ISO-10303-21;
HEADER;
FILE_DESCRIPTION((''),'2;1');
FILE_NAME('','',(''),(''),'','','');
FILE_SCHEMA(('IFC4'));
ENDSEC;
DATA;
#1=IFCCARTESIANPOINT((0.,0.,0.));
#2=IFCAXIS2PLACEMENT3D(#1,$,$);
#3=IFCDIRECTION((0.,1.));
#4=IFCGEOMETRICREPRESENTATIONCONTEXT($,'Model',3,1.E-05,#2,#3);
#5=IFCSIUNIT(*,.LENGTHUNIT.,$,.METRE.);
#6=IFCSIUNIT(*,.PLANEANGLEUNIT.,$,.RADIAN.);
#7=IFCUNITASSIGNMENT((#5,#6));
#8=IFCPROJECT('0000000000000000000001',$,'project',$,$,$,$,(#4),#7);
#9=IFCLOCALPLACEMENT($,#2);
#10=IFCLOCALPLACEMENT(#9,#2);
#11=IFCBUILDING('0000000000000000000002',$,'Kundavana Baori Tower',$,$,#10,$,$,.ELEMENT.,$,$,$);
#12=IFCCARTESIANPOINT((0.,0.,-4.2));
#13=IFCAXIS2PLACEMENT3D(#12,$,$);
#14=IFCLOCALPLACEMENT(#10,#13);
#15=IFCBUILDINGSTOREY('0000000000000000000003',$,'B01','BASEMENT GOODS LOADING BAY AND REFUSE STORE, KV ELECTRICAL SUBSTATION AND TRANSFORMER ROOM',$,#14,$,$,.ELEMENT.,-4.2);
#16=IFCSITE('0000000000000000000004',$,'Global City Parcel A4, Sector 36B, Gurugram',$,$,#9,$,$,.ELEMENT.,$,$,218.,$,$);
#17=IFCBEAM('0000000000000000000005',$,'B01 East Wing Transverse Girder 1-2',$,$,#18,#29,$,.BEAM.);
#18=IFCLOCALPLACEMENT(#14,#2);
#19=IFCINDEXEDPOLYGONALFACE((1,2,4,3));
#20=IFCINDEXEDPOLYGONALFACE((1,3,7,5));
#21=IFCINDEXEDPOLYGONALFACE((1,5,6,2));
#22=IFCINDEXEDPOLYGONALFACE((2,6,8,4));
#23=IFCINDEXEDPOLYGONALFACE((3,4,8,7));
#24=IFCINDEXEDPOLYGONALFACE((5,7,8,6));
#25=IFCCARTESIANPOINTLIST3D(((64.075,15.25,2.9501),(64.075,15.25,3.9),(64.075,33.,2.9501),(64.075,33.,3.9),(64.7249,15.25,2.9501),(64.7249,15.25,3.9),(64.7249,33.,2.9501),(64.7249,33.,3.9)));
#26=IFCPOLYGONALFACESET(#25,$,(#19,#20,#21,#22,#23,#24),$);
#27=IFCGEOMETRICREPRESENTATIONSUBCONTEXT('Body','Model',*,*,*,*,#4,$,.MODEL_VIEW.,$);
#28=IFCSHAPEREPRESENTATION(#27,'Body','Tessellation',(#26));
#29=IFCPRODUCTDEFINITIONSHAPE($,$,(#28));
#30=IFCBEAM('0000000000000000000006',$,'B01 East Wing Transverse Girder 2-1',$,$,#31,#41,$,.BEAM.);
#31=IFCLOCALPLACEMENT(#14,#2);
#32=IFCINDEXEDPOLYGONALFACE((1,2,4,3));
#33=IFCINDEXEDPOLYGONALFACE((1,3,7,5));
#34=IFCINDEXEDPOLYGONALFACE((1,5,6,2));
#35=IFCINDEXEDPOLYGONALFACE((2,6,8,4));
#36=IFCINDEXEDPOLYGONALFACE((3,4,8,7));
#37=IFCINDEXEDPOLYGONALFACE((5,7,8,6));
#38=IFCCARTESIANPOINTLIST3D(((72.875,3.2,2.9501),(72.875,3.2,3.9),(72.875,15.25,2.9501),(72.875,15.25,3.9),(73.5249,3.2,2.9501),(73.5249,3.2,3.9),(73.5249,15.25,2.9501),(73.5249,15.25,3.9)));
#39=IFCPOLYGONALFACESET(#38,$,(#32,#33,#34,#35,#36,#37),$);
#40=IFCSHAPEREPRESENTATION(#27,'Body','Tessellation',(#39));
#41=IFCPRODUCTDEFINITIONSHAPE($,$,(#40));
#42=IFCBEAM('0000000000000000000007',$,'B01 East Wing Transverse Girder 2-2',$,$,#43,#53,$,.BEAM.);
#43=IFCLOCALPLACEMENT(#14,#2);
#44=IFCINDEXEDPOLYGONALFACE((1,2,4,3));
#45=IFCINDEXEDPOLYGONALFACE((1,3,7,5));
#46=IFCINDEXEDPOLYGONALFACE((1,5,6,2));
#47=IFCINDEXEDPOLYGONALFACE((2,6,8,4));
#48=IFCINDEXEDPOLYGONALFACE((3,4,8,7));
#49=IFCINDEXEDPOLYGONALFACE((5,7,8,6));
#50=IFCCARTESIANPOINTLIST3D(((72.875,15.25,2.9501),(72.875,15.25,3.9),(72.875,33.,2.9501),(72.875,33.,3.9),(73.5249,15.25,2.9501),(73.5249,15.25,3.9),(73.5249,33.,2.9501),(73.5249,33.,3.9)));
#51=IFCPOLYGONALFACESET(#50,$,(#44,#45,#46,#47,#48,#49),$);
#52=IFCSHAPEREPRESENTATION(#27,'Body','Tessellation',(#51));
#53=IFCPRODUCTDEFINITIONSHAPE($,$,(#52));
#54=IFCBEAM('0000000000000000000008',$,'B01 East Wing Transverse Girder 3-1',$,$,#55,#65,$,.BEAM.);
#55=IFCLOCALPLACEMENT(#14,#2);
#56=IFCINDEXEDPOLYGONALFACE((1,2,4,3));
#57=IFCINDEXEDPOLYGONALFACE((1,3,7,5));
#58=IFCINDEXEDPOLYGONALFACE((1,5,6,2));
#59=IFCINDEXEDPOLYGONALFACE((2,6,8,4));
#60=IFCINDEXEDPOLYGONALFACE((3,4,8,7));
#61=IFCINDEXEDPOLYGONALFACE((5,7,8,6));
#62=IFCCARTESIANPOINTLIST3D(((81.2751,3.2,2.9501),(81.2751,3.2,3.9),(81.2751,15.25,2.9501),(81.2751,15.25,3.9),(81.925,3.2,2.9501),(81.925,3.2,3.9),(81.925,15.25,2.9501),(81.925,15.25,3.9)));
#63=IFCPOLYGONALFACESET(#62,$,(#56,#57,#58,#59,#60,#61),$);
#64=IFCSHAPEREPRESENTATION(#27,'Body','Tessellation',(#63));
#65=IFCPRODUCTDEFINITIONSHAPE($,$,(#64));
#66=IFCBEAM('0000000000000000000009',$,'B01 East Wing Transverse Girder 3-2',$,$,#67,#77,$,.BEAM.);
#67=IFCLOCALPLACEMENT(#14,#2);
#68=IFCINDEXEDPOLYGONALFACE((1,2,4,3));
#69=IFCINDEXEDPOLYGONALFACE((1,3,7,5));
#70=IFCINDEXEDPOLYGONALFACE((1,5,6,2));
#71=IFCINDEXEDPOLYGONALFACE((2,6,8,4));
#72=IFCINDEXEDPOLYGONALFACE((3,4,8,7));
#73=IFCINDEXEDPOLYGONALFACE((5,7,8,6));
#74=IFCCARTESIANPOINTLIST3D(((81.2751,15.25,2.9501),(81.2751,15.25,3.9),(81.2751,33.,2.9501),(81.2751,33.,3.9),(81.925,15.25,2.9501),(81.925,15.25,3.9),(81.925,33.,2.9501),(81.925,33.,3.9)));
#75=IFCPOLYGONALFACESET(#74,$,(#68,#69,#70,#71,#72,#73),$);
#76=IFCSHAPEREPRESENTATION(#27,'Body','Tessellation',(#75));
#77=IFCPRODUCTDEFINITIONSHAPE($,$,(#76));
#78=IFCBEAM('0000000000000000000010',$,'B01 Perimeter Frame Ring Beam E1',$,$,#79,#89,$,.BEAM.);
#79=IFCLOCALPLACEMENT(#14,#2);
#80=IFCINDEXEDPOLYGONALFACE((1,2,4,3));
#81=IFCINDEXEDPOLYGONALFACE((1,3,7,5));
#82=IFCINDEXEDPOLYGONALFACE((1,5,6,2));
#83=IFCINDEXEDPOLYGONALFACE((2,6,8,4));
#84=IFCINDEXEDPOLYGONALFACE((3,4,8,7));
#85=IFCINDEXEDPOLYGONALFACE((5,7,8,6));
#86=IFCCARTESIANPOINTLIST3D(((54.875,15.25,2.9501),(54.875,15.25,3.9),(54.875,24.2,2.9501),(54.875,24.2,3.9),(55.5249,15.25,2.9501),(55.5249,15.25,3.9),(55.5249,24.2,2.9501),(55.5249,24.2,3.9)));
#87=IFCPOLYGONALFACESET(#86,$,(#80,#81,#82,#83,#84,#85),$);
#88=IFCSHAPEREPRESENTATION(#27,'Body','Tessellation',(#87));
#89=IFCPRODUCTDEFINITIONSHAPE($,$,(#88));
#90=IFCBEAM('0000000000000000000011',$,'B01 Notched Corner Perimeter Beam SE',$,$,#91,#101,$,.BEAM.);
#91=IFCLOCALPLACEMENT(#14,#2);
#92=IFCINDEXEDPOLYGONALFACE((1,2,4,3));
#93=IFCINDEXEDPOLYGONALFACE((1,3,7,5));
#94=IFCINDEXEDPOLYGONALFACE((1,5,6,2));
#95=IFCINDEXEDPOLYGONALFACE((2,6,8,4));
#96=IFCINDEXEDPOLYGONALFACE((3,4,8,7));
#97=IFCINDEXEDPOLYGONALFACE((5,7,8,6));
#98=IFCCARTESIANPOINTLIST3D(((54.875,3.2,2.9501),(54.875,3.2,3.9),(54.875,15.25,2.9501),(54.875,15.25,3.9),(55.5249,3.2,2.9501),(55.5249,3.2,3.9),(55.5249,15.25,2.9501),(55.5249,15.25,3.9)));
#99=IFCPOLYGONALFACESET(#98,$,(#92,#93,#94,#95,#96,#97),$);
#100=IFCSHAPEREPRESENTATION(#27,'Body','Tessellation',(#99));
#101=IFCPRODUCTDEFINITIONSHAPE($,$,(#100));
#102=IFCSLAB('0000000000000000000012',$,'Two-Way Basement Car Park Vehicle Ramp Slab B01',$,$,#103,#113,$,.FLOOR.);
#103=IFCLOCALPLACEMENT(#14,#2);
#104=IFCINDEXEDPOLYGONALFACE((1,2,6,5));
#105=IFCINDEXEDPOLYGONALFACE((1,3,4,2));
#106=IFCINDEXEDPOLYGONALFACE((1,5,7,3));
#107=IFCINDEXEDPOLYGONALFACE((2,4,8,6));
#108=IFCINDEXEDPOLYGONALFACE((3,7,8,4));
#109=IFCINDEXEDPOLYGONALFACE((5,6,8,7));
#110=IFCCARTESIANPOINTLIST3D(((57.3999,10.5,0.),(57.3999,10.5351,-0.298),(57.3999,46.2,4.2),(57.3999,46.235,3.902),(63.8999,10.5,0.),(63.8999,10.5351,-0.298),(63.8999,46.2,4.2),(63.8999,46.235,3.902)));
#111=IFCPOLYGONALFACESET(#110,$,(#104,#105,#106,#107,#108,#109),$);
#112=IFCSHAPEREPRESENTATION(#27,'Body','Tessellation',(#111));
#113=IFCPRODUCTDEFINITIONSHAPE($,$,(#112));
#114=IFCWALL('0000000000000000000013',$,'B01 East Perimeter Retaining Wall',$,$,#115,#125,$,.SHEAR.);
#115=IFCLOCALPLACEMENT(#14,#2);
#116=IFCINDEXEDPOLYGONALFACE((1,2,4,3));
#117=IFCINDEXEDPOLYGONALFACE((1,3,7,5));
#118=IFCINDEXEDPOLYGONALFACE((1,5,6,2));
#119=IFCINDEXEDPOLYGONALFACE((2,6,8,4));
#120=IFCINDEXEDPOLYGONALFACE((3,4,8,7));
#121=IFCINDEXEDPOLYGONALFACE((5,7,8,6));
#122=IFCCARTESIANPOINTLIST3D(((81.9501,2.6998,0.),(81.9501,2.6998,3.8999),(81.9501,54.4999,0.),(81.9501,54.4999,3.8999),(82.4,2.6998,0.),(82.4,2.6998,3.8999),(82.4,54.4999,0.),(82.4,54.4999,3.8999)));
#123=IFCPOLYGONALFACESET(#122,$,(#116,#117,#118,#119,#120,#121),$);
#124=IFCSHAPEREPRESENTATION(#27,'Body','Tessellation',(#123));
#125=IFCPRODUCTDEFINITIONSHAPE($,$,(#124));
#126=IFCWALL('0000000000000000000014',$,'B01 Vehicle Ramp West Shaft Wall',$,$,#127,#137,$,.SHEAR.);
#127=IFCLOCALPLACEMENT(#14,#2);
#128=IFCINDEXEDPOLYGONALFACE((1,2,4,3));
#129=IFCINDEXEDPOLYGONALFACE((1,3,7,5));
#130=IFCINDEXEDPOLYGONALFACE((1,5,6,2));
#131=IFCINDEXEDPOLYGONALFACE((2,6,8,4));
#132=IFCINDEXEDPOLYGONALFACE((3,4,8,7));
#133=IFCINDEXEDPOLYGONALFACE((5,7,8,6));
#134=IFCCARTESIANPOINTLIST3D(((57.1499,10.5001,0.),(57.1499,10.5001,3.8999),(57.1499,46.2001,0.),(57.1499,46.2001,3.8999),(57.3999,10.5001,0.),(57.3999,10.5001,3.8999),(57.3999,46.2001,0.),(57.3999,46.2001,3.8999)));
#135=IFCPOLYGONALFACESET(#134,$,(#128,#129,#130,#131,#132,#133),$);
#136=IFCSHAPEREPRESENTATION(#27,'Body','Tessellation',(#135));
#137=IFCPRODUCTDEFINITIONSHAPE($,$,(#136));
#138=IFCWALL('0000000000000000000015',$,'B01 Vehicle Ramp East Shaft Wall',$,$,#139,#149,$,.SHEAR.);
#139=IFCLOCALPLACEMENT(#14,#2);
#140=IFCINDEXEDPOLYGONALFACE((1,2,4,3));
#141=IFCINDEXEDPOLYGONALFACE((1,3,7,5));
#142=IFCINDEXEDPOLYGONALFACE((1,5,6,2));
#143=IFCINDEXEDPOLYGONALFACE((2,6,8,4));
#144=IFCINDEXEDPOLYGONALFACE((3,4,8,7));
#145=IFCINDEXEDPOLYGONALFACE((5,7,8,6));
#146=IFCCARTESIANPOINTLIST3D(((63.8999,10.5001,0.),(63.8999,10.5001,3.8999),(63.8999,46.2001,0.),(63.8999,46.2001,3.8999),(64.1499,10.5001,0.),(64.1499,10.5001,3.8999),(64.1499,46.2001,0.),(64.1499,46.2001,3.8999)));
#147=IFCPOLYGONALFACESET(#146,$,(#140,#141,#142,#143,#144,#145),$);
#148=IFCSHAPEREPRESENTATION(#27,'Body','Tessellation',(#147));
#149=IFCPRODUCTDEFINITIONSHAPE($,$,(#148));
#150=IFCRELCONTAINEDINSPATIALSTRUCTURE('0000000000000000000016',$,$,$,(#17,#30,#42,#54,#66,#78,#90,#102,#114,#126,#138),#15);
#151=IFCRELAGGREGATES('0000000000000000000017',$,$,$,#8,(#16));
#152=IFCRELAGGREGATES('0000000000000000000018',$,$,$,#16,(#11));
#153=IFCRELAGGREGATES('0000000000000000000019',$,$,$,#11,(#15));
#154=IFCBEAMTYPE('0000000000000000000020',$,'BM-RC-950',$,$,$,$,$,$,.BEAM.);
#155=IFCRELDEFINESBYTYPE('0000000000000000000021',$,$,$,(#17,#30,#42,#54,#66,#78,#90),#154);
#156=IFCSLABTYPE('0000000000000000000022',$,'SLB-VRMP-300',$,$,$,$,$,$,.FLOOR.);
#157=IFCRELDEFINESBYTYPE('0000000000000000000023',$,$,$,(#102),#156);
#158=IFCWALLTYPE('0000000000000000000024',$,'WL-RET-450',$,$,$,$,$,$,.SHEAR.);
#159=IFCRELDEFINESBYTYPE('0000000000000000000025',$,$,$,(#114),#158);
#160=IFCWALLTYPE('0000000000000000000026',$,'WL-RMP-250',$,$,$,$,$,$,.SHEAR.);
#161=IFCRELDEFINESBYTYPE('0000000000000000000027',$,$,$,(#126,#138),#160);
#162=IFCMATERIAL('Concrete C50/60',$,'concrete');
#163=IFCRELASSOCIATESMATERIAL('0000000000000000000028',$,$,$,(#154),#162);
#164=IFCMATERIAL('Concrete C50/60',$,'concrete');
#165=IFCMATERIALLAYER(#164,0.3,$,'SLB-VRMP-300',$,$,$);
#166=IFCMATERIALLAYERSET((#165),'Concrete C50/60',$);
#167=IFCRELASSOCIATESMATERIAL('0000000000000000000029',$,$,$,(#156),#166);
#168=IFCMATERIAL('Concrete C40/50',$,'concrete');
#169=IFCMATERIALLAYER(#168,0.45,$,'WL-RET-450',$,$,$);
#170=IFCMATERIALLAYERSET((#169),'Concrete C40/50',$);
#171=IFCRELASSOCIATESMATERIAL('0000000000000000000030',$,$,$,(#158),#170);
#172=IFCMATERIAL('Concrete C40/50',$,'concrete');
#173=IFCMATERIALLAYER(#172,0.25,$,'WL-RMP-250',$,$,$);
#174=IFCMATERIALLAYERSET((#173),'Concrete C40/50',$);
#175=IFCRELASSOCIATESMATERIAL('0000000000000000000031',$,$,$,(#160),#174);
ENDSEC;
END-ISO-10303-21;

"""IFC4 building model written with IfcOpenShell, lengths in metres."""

from ifc_helpers import new_model, si_unit, direction, frame, frame_2d, origin, origin_2d, place, context, subcontext, project, spatial, polyline, rectangle, outline, extrude, material, layer, layer_set, material_profile, profile_set, type_object, element, save


model = new_model("IFC4")

# Units and contexts
model_context = context("Model", 3, precision=1e-05, world=origin(), true_north=direction((0.0, 1.0)))
body_context = subcontext(model_context, "Body", "Model", "MODEL_VIEW")
ifc_project = project(units=[si_unit("LENGTHUNIT", "METRE"), si_unit("PLANEANGLEUNIT", "RADIAN")], contexts=[model_context])

# Site, building, storey
site_placement = place(None, origin())
site = spatial("IfcSite", under=ifc_project, at=site_placement, Name="Global City Parcel A4, Sector 36B, Gurugram", CompositionType="ELEMENT", RefElevation=218.0)
building_placement = place(site_placement, origin())
building = spatial("IfcBuilding", under=site, at=building_placement, Name="Kundavana Baori Tower", CompositionType="ELEMENT")
storey_placement = place(building_placement, frame((0.0, 0.0, -4.2)))
storey = spatial("IfcBuildingStorey", under=building, at=storey_placement, Name="B01", Description="BASEMENT GOODS LOADING BAY AND REFUSE STORE, KV ELECTRICAL SUBSTATION AND TRANSFORMER ROOM", CompositionType="ELEMENT", Elevation=-4.2)

# Beams
ifc_material_1 = material(Name="Concrete C50/60", Category="concrete")
ifc_material_profile_1 = material_profile(ifc_material_1, rectangle(XDim=0.6499, YDim=0.95, at=origin_2d()), Name="RC BM 650x950")
ifc_profile_set_1 = profile_set([ifc_material_profile_1], Name="Concrete C50/60")
beam_type = type_object("IfcBeamType", Name="BM-RC-950", PredefinedType="BEAM", material=ifc_profile_set_1)
beam_1_placement = place(storey_placement, frame((64.3999, 15.25, 3.425), z_axis=(0.0, 1.0, 0.0), x_axis=(-1.0, 0.0, 0.0)))
element("IfcBeam", 1, at=beam_1_placement, inside=storey, type_object=beam_type, Name="B01 East Wing Transverse Girder 1-2", PredefinedType="BEAM", context=body_context, shape_type="SweptSolid", body=[
    extrude(rectangle(XDim=0.6499, YDim=0.95, at=origin_2d()), origin(), (0.0, 0.0, 1.0), 17.75),
])
beam_2_placement = place(storey_placement, frame((73.2, 3.2, 3.425), z_axis=(0.0, 1.0, 0.0), x_axis=(-1.0, 0.0, 0.0)))
element("IfcBeam", 2, at=beam_2_placement, inside=storey, type_object=beam_type, Name="B01 East Wing Transverse Girder 2-1", PredefinedType="BEAM", context=body_context, shape_type="SweptSolid", body=[
    extrude(rectangle(XDim=0.6499, YDim=0.95, at=origin_2d()), origin(), (0.0, 0.0, 1.0), 12.05),
])
beam_3_placement = place(storey_placement, frame((73.2, 15.25, 3.425), z_axis=(0.0, 1.0, 0.0), x_axis=(-1.0, 0.0, 0.0)))
element("IfcBeam", 3, at=beam_3_placement, inside=storey, type_object=beam_type, Name="B01 East Wing Transverse Girder 2-2", PredefinedType="BEAM", context=body_context, shape_type="SweptSolid", body=[
    extrude(rectangle(XDim=0.6499, YDim=0.95, at=origin_2d()), origin(), (0.0, 0.0, 1.0), 17.75),
])
beam_4_placement = place(storey_placement, frame((81.6001, 3.2, 3.425), z_axis=(0.0, 1.0, 0.0), x_axis=(-1.0, 0.0, 0.0)))
element("IfcBeam", 4, at=beam_4_placement, inside=storey, type_object=beam_type, Name="B01 East Wing Transverse Girder 3-1", PredefinedType="BEAM", context=body_context, shape_type="SweptSolid", body=[
    extrude(rectangle(XDim=0.6499, YDim=0.95, at=origin_2d()), origin(), (0.0, 0.0, 1.0), 12.05),
])
beam_5_placement = place(storey_placement, frame((81.6001, 15.25, 3.425), z_axis=(0.0, 1.0, 0.0), x_axis=(-1.0, 0.0, 0.0)))
element("IfcBeam", 5, at=beam_5_placement, inside=storey, type_object=beam_type, Name="B01 East Wing Transverse Girder 3-2", PredefinedType="BEAM", context=body_context, shape_type="SweptSolid", body=[
    extrude(rectangle(XDim=0.6499, YDim=0.95, at=origin_2d()), origin(), (0.0, 0.0, 1.0), 17.75),
])
beam_6_placement = place(storey_placement, frame((55.2, 15.25, 3.425), z_axis=(0.0, 1.0, 0.0), x_axis=(-1.0, 0.0, 0.0)))
element("IfcBeam", 6, at=beam_6_placement, inside=storey, type_object=beam_type, Name="B01 Perimeter Frame Ring Beam E1", PredefinedType="BEAM", context=body_context, shape_type="SweptSolid", body=[
    extrude(rectangle(XDim=0.6499, YDim=0.95, at=origin_2d()), origin(), (0.0, 0.0, 1.0), 8.95),
])
beam_7_placement = place(storey_placement, frame((55.2, 3.2, 3.425), z_axis=(0.0, 1.0, 0.0), x_axis=(-1.0, 0.0, 0.0)))
element("IfcBeam", 7, at=beam_7_placement, inside=storey, type_object=beam_type, Name="B01 Notched Corner Perimeter Beam SE", PredefinedType="BEAM", context=body_context, shape_type="SweptSolid", body=[
    extrude(rectangle(XDim=0.6499, YDim=0.95, at=origin_2d()), origin(), (0.0, 0.0, 1.0), 12.05),
])

# Slab
ifc_material_2 = material(Name="Concrete C50/60", Category="concrete")
ifc_layer_1 = layer(ifc_material_2, 0.3, Name="SLB-VRMP-300")
ifc_layer_set_1 = layer_set([ifc_layer_1], Name="Concrete C50/60")
slab_type = type_object("IfcSlabType", Name="SLB-VRMP-300", PredefinedType="FLOOR", material=ifc_layer_set_1)
slab_placement = place(storey_placement, frame((57.3999, 10.5, 0.0), z_axis=(0.0, -0.11684, 0.993151), x_axis=(1.0, 0.0, 0.0)))
element("IfcSlab", 8, at=slab_placement, inside=storey, type_object=slab_type, Name="Two-Way Basement Car Park Vehicle Ramp Slab B01", PredefinedType="FLOOR", context=body_context, shape_type="SweptSolid", body=[
    extrude(outline(polyline([(0.0, 0.0), (6.5, 0.0), (6.5, 35.9462), (0.0, 35.9462), (0.0, 0.0)])), origin(), (0.0, 0.0, -1.0), 0.3),
])

# Walls
ifc_material_3 = material(Name="Concrete C40/50", Category="concrete")
ifc_layer_2 = layer(ifc_material_3, 0.45, Name="WL-RET-450")
ifc_layer_set_2 = layer_set([ifc_layer_2], Name="Concrete C40/50")
wall_type_1 = type_object("IfcWallType", Name="WL-RET-450", PredefinedType="SHEAR", material=ifc_layer_set_2)
wall_placement = place(storey_placement, frame((82.175, 2.7, 0.0), z_axis=(0.0, 0.0, 1.0), x_axis=(0.0, 1.0, 0.0)))
element("IfcWall", 9, at=wall_placement, inside=storey, type_object=wall_type_1, Name="B01 East Perimeter Retaining Wall", PredefinedType="SHEAR", context=body_context, shape_type="SweptSolid", body=[
    extrude(rectangle(XDim=51.8, YDim=0.45, at=frame_2d((25.8999, 0.0))), origin(), (0.0, 0.0, 1.0), 3.8999),
])
ifc_material_4 = material(Name="Concrete C40/50", Category="concrete")
ifc_layer_3 = layer(ifc_material_4, 0.25, Name="WL-RMP-250")
ifc_layer_set_3 = layer_set([ifc_layer_3], Name="Concrete C40/50")
wall_type_2 = type_object("IfcWallType", Name="WL-RMP-250", PredefinedType="SHEAR", material=ifc_layer_set_3)
for number, where, z_axis, x_axis, name in (
    (10, (57.2749, 10.5, 0.0), (0.0, 0.0, 1.0), (0.0, 1.0, 0.0), "B01 Vehicle Ramp West Shaft Wall"),
    (11, (64.0249, 10.5, 0.0), (0.0, 0.0, 1.0), (0.0, 1.0, 0.0), "B01 Vehicle Ramp East Shaft Wall"),
):
    element("IfcWall", number, at=place(storey_placement, frame(where, z_axis=z_axis, x_axis=x_axis)), inside=storey, type_object=wall_type_2, Name=name, PredefinedType="SHEAR", context=body_context, shape_type="SweptSolid", body=[
        extrude(rectangle(XDim=35.7, YDim=0.25, at=frame_2d((17.8501, 0.0))), origin(), (0.0, 0.0, 1.0), 3.8999),
    ])

save(model, "model.ifc")
